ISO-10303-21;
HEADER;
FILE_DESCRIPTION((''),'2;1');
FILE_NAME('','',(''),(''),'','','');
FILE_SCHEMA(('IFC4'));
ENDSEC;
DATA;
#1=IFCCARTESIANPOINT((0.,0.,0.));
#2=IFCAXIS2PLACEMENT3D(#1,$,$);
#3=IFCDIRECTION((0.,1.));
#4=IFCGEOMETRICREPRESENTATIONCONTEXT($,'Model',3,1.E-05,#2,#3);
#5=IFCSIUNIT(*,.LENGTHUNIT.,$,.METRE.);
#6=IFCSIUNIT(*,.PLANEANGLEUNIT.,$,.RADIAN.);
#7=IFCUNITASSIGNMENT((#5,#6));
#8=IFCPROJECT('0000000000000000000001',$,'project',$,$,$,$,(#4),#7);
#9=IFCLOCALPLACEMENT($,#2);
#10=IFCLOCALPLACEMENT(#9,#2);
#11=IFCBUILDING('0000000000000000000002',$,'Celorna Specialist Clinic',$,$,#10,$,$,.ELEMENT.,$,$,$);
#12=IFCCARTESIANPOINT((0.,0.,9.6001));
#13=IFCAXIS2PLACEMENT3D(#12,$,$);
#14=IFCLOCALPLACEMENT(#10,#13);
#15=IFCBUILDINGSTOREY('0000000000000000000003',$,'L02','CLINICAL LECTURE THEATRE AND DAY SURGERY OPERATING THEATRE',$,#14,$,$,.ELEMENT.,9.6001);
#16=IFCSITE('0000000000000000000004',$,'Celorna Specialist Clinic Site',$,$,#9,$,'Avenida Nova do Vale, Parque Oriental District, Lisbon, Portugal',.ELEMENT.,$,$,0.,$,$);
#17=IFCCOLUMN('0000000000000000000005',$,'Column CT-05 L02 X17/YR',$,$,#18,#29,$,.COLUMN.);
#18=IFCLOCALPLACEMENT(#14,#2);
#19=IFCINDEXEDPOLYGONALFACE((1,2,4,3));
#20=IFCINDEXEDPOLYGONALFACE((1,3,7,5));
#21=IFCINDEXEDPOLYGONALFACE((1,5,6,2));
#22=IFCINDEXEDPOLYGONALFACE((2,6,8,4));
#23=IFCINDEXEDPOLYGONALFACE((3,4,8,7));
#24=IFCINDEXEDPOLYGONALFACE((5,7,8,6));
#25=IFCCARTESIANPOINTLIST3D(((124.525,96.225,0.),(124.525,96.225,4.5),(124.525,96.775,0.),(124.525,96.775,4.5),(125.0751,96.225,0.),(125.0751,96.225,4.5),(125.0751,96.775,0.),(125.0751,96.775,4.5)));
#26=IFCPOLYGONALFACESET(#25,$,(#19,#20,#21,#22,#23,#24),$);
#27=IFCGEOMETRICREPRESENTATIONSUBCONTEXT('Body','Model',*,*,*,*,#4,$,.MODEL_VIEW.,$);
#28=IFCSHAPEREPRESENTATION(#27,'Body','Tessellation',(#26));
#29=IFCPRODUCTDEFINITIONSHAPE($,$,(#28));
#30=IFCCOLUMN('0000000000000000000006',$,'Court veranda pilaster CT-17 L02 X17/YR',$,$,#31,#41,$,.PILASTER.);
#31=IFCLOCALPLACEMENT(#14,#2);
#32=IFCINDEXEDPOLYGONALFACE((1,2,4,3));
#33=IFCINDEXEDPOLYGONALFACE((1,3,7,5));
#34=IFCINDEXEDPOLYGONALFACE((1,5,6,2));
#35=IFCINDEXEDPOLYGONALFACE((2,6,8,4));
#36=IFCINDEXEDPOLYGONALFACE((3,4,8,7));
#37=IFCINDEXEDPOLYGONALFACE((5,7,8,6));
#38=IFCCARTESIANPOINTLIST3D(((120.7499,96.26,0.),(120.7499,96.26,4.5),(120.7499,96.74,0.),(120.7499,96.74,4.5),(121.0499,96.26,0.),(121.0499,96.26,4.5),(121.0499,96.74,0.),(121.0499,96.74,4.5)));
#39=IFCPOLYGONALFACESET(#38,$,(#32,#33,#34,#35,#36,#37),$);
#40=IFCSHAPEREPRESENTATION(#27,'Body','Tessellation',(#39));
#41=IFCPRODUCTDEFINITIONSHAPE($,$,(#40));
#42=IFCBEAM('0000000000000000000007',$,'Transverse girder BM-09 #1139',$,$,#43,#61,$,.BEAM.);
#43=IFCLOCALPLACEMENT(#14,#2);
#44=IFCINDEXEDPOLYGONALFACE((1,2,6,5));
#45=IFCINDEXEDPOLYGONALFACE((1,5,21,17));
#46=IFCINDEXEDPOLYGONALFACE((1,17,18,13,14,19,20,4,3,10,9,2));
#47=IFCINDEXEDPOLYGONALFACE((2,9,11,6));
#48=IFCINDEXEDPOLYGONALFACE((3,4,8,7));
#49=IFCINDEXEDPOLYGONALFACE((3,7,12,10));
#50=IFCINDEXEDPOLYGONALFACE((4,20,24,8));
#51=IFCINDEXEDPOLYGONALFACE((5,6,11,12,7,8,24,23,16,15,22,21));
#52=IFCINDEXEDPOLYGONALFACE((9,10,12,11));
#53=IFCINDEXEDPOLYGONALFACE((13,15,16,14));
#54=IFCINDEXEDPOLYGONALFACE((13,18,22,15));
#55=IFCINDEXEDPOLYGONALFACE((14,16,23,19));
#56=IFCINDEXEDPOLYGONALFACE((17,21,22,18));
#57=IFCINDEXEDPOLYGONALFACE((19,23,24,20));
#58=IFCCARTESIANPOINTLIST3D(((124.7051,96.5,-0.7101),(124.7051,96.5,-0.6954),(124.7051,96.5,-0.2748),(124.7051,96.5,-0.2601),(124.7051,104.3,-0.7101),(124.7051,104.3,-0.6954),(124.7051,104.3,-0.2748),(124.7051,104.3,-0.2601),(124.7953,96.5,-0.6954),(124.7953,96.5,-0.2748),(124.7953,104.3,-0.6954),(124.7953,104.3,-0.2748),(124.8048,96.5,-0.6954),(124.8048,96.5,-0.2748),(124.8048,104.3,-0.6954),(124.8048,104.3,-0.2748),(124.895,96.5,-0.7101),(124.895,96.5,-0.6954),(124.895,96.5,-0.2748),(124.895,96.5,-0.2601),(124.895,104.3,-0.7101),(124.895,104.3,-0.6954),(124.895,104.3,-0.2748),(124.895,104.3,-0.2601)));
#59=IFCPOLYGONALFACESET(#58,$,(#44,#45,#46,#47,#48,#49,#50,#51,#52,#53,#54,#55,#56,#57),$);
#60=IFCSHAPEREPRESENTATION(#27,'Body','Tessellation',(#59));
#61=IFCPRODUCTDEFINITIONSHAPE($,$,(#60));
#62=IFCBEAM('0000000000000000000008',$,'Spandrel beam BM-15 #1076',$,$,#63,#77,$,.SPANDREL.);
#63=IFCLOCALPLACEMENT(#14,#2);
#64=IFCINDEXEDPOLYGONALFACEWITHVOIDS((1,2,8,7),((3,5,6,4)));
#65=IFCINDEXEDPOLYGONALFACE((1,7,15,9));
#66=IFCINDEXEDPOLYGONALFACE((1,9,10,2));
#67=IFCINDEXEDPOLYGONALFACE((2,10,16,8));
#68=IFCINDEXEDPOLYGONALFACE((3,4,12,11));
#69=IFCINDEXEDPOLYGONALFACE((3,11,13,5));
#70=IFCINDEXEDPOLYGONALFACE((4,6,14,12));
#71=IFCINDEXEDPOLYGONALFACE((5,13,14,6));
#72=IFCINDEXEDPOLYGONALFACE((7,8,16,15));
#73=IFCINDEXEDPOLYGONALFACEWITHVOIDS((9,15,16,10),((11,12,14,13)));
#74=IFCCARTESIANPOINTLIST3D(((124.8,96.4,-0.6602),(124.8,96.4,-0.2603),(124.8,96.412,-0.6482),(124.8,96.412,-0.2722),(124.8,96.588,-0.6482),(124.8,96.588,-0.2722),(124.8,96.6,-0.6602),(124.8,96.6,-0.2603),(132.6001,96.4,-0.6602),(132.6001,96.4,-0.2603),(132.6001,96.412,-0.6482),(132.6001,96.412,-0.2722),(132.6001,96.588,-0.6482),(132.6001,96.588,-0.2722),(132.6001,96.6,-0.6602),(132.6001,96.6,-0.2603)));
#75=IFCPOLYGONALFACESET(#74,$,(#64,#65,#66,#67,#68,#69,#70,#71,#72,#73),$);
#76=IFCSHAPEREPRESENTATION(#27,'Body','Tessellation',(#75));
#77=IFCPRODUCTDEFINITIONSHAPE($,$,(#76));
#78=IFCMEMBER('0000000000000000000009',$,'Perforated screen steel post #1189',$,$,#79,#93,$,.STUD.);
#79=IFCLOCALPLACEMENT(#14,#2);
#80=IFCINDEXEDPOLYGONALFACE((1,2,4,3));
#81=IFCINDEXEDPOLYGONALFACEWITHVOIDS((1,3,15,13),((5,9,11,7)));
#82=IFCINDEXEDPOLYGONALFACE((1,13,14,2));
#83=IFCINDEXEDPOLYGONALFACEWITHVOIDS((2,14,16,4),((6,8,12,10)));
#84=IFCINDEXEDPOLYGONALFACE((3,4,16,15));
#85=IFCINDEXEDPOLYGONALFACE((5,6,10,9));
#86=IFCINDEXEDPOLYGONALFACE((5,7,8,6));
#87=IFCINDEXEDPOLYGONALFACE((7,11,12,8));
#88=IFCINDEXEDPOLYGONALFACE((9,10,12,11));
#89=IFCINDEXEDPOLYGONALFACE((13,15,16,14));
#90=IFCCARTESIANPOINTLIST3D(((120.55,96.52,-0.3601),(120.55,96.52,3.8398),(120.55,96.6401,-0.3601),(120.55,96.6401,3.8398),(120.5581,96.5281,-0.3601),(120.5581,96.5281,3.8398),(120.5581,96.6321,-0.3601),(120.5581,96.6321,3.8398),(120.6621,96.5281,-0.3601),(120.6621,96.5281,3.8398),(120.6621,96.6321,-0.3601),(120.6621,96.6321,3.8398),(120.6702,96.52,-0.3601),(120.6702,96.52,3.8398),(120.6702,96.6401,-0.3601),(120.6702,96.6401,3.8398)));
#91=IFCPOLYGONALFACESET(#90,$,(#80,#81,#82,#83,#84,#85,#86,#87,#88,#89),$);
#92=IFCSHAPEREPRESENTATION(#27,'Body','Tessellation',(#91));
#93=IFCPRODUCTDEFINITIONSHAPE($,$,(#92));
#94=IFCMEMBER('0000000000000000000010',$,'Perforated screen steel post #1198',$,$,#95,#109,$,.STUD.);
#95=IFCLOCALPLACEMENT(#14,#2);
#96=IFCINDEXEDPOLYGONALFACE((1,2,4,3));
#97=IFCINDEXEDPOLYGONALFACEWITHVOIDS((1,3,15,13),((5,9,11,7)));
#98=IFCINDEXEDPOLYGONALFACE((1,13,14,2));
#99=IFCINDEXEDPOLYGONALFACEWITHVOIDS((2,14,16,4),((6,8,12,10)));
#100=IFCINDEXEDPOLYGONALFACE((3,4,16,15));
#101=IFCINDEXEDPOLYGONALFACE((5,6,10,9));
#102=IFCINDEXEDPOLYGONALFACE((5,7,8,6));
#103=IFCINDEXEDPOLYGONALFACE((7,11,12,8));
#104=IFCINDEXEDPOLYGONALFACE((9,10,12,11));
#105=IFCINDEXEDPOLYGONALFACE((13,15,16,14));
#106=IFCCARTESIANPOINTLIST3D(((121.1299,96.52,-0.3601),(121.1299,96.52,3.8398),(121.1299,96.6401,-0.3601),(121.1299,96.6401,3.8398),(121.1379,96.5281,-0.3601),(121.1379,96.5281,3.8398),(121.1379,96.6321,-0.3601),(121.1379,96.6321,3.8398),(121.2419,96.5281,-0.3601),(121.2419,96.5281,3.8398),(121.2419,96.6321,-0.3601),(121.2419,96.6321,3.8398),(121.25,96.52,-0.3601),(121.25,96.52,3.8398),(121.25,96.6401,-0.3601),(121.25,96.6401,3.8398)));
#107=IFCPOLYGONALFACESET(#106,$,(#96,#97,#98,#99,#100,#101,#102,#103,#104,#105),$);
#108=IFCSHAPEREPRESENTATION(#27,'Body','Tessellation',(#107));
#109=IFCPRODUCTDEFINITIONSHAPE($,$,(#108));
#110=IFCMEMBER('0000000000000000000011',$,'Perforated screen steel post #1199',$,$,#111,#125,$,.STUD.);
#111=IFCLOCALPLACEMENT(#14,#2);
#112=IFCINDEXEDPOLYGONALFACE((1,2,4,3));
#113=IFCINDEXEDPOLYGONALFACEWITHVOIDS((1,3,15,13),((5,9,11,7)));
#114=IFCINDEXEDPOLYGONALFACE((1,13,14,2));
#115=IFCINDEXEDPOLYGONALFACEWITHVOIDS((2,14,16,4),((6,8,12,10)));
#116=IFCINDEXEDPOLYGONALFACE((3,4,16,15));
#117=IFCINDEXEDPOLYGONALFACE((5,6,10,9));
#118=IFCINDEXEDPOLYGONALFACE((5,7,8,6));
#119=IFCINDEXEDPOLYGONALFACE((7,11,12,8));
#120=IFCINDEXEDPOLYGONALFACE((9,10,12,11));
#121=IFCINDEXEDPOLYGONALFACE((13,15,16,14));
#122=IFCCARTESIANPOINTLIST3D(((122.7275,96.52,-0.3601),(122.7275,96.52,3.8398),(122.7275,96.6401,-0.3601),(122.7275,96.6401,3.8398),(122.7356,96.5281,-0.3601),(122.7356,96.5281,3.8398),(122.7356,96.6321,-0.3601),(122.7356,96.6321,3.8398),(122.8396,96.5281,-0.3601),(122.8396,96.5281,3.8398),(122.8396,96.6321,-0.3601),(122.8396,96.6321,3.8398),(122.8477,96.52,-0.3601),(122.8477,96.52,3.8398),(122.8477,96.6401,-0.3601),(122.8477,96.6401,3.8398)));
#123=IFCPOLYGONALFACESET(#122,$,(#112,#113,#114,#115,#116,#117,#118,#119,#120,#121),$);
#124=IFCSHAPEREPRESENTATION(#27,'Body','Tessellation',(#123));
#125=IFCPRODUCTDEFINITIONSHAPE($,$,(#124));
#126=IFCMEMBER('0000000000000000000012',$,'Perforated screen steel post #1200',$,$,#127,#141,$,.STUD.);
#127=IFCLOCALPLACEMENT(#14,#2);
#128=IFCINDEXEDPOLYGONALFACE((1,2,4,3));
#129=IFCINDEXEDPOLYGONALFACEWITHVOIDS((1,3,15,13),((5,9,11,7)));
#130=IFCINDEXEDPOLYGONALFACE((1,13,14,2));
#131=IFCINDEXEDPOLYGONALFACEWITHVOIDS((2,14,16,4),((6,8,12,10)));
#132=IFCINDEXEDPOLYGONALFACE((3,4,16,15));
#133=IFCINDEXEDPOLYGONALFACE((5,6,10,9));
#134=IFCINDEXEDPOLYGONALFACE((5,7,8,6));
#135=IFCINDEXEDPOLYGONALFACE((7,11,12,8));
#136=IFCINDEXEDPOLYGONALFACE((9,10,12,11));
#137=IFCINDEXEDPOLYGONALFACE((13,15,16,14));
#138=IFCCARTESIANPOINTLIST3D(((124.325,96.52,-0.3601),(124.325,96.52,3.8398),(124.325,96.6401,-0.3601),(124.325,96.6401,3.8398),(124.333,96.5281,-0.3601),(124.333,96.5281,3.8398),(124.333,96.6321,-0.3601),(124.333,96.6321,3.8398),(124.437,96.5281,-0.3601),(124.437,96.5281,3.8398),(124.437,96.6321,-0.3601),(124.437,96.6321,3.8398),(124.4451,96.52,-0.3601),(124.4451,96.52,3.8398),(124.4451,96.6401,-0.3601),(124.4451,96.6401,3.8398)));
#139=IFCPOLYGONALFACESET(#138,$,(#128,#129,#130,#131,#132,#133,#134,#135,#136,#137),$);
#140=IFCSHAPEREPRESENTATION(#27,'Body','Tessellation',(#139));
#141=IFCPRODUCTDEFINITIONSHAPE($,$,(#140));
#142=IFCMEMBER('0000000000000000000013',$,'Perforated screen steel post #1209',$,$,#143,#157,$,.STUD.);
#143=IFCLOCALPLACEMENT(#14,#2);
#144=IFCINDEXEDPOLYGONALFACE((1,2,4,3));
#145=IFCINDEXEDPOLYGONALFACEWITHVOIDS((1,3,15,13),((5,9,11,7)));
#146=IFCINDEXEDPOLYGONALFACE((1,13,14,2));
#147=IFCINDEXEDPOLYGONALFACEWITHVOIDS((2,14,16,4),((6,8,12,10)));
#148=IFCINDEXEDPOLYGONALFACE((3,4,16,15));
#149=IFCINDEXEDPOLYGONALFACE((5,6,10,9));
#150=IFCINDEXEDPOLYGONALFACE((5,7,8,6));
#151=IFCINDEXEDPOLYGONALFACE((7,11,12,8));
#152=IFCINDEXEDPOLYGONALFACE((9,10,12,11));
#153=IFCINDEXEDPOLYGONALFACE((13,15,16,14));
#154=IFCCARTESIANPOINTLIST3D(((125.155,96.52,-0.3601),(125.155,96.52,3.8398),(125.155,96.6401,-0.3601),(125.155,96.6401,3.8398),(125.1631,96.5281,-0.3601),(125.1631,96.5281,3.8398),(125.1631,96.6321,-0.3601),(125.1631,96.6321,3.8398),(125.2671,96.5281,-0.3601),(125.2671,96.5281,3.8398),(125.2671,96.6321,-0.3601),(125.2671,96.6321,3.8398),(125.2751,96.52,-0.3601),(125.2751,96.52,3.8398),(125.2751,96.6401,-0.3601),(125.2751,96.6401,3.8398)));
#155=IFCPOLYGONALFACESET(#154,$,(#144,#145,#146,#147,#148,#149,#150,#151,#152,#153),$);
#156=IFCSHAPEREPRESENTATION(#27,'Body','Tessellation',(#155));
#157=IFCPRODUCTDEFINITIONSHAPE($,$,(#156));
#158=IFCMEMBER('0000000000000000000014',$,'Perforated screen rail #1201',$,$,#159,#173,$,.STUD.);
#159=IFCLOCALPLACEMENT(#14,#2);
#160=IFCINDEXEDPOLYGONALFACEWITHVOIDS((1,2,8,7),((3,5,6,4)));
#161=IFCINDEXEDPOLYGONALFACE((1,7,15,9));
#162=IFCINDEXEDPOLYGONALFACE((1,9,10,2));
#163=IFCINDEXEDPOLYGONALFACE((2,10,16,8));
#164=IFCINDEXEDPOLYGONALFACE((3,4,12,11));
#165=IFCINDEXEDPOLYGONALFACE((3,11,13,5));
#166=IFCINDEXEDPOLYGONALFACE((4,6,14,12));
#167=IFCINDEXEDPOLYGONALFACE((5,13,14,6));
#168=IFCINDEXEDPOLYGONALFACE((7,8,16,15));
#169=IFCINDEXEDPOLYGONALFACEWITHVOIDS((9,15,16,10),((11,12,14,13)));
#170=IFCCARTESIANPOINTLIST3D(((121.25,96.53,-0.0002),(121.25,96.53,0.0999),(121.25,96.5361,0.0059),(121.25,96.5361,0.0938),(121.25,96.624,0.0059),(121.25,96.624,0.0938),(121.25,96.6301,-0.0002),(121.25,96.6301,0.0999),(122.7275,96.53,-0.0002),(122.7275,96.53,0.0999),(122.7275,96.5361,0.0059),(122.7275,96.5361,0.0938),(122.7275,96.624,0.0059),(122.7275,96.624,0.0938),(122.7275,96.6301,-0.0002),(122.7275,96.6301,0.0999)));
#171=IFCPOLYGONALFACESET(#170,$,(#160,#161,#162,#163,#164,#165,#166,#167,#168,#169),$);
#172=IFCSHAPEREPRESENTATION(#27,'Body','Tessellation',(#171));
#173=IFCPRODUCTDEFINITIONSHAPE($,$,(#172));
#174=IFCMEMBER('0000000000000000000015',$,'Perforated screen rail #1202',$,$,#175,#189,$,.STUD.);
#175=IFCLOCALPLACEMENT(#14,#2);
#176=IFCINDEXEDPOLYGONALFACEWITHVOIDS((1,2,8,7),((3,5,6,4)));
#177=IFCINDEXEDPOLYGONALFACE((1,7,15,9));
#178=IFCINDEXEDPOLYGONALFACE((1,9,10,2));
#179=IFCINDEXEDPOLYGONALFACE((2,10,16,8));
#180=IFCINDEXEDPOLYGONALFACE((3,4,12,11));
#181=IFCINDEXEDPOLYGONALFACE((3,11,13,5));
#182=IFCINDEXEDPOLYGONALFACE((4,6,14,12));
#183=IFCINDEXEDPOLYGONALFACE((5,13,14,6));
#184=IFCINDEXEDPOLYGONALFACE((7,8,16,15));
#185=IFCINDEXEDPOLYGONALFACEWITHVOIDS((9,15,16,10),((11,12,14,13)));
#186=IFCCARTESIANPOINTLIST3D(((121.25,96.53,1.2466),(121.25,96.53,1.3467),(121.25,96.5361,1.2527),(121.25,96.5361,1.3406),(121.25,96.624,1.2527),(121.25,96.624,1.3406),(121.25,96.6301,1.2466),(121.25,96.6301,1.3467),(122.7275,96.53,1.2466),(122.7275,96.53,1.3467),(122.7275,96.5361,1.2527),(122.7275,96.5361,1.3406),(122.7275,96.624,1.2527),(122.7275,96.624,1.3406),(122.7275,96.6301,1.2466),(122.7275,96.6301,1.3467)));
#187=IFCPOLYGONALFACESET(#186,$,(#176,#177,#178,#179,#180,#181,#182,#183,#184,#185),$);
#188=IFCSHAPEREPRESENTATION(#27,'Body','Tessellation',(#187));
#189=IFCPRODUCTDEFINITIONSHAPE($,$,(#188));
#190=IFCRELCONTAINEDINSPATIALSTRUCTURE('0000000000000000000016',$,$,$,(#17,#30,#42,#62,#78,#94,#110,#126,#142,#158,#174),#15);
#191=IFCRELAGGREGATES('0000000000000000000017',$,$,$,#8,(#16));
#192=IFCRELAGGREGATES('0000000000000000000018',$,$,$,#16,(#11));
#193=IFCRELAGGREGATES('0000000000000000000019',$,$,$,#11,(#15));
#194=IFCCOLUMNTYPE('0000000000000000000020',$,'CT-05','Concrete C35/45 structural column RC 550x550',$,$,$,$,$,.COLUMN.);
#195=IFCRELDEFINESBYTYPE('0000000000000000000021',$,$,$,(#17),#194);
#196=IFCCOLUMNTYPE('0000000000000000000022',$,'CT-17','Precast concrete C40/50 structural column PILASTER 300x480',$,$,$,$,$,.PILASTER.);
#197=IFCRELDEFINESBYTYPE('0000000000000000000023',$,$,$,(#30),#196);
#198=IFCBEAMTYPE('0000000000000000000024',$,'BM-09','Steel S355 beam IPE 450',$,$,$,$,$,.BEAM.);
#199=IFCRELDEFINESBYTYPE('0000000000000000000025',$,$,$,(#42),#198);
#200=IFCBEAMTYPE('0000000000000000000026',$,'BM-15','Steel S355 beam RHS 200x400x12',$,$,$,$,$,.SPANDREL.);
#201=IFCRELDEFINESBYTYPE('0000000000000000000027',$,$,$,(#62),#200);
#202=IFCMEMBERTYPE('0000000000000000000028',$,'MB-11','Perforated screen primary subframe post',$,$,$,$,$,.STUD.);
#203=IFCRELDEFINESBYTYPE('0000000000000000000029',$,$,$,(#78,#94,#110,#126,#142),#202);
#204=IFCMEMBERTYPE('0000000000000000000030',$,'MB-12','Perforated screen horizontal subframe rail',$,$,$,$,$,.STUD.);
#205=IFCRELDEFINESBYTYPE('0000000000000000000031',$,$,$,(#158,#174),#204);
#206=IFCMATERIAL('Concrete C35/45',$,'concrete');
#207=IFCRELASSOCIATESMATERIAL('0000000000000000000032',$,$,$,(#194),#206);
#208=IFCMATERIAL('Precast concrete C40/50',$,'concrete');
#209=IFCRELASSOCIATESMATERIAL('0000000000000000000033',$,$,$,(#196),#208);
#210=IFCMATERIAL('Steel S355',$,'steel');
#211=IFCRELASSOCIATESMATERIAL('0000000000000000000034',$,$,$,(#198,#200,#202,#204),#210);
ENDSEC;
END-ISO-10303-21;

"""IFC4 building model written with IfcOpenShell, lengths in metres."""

from ifc_helpers import new_model, si_unit, direction, frame, origin, origin_2d, place, context, subcontext, project, spatial, rectangle, hollow_rectangle, i_section, extrude, material, material_profile, profile_set, type_object, element, save


model = new_model("IFC4")

# Units and contexts
model_context = context("Model", 3, precision=1e-05, world=origin(), true_north=direction((0.0, 1.0)))
body_context = subcontext(model_context, "Body", "Model", "MODEL_VIEW")
ifc_project = project(units=[si_unit("LENGTHUNIT", "METRE"), si_unit("PLANEANGLEUNIT", "RADIAN")], contexts=[model_context])

# Site, building, storey
site_placement = place(None, origin())
site = spatial("IfcSite", under=ifc_project, at=site_placement, Name="Celorna Specialist Clinic Site", LongName="Avenida Nova do Vale, Parque Oriental District, Lisbon, Portugal", CompositionType="ELEMENT", RefElevation=0.0)
building_placement = place(site_placement, origin())
building = spatial("IfcBuilding", under=site, at=building_placement, Name="Celorna Specialist Clinic", CompositionType="ELEMENT")
storey_placement = place(building_placement, frame((0.0, 0.0, 9.6001)))
storey = spatial("IfcBuildingStorey", under=building, at=storey_placement, Name="L02", Description="CLINICAL LECTURE THEATRE AND DAY SURGERY OPERATING THEATRE", CompositionType="ELEMENT", Elevation=9.6001)

# Columns
ifc_material_1 = material(Name="Concrete C35/45", Category="concrete")
ifc_material_profile_1 = material_profile(ifc_material_1, rectangle(XDim=0.55, YDim=0.55, at=origin_2d()), Name="RC 550x550")
ifc_profile_set_1 = profile_set([ifc_material_profile_1], Name="Concrete C35/45")
column_type_1 = type_object("IfcColumnType", Name="CT-05", Description="Concrete C35/45 structural column RC 550x550", PredefinedType="COLUMN", material=ifc_profile_set_1)
column_1_placement = place(storey_placement, frame((124.8, 96.5, 0.0), z_axis=(0.0, 0.0, 1.0), x_axis=(1.0, 0.0, 0.0)))
element("IfcColumn", 1, at=column_1_placement, inside=storey, type_object=column_type_1, Name="Column CT-05 L02 X17/YR", PredefinedType="COLUMN", context=body_context, shape_type="SweptSolid", body=[
    extrude(rectangle(XDim=0.55, YDim=0.55, at=origin_2d()), origin(), (0.0, 0.0, 1.0), 4.5),
])
ifc_material_2 = material(Name="Precast concrete C40/50", Category="concrete")
ifc_material_profile_2 = material_profile(ifc_material_2, rectangle(XDim=0.3, YDim=0.48, at=origin_2d()), Name="PILASTER 300x480")
ifc_profile_set_2 = profile_set([ifc_material_profile_2], Name="Precast concrete C40/50")
column_type_2 = type_object("IfcColumnType", Name="CT-17", Description="Precast concrete C40/50 structural column PILASTER 300x480", PredefinedType="PILASTER", material=ifc_profile_set_2)
column_2_placement = place(storey_placement, frame((120.8999, 96.5, 0.0), z_axis=(0.0, 0.0, 1.0), x_axis=(1.0, 0.0, 0.0)))
element("IfcColumn", 2, at=column_2_placement, inside=storey, type_object=column_type_2, Name="Court veranda pilaster CT-17 L02 X17/YR", PredefinedType="PILASTER", context=body_context, shape_type="SweptSolid", body=[
    extrude(rectangle(XDim=0.3, YDim=0.48, at=origin_2d()), origin(), (0.0, 0.0, 1.0), 4.5),
])

# Beams
ifc_material_3 = material(Name="Steel S355", Category="steel")
ifc_material_profile_3 = material_profile(ifc_material_3, i_section(OverallWidth=0.1899, OverallDepth=0.45, WebThickness=0.0095, FlangeThickness=0.0146, at=origin_2d()), Name="IPE 450")
ifc_profile_set_3 = profile_set([ifc_material_profile_3], Name="Steel S355")
beam_type_1 = type_object("IfcBeamType", Name="BM-09", Description="Steel S355 beam IPE 450", PredefinedType="BEAM", material=ifc_profile_set_3)
beam_1_placement = place(storey_placement, frame((124.8, 96.5, -0.4851), z_axis=(0.0, 1.0, 0.0), x_axis=(-1.0, 0.0, 0.0)))
element("IfcBeam", 3, at=beam_1_placement, inside=storey, type_object=beam_type_1, Name="Transverse girder BM-09 #1139", PredefinedType="BEAM", context=body_context, shape_type="SweptSolid", body=[
    extrude(i_section(OverallWidth=0.1899, OverallDepth=0.45, WebThickness=0.0095, FlangeThickness=0.0146, at=origin_2d()), origin(), (0.0, 0.0, 1.0), 7.8),
])
ifc_material_profile_4 = material_profile(ifc_material_3, hollow_rectangle(XDim=0.2, YDim=0.3999, WallThickness=0.012, at=origin_2d()), Name="RHS 200x400x12")
ifc_profile_set_4 = profile_set([ifc_material_profile_4], Name="Steel S355")
beam_type_2 = type_object("IfcBeamType", Name="BM-15", Description="Steel S355 beam RHS 200x400x12", PredefinedType="SPANDREL", material=ifc_profile_set_4)
beam_2_placement = place(storey_placement, frame((124.8, 96.5, -0.4602), z_axis=(1.0, 0.0, 0.0), x_axis=(0.0, 1.0, 0.0)))
element("IfcBeam", 4, at=beam_2_placement, inside=storey, type_object=beam_type_2, Name="Spandrel beam BM-15 #1076", PredefinedType="SPANDREL", context=body_context, shape_type="SweptSolid", body=[
    extrude(hollow_rectangle(XDim=0.2, YDim=0.3999, WallThickness=0.012, at=origin_2d()), origin(), (0.0, 0.0, 1.0), 7.8),
])

# Members
ifc_material_profile_5 = material_profile(ifc_material_3, hollow_rectangle(XDim=0.1201, YDim=0.1201, WallThickness=0.0081, at=origin_2d()), Name="SHS 120x120x8")
ifc_profile_set_5 = profile_set([ifc_material_profile_5], Name="Steel S355")
member_type_1 = type_object("IfcMemberType", Name="MB-11", Description="Perforated screen primary subframe post", PredefinedType="STUD", material=ifc_profile_set_5)
for number, where, z_axis, x_axis, name in (
    (5, (120.6101, 96.5801, -0.3601), (0.0, 0.0, 1.0), (1.0, 0.0, 0.0), "Perforated screen steel post #1189"),
    (6, (121.1899, 96.5801, -0.3601), (0.0, 0.0, 1.0), (1.0, 0.0, 0.0), "Perforated screen steel post #1198"),
    (7, (122.7876, 96.5801, -0.3601), (0.0, 0.0, 1.0), (1.0, 0.0, 0.0), "Perforated screen steel post #1199"),
    (8, (124.385, 96.5801, -0.3601), (0.0, 0.0, 1.0), (1.0, 0.0, 0.0), "Perforated screen steel post #1200"),
    (9, (125.2151, 96.5801, -0.3601), (0.0, 0.0, 1.0), (1.0, 0.0, 0.0), "Perforated screen steel post #1209"),
):
    element("IfcMember", number, at=place(storey_placement, frame(where, z_axis=z_axis, x_axis=x_axis)), inside=storey, type_object=member_type_1, Name=name, PredefinedType="STUD", context=body_context, shape_type="SweptSolid", body=[
        extrude(hollow_rectangle(XDim=0.1201, YDim=0.1201, WallThickness=0.0081, at=origin_2d()), origin(), (0.0, 0.0, 1.0), 4.2),
    ])
ifc_material_profile_6 = material_profile(ifc_material_3, hollow_rectangle(XDim=0.1001, YDim=0.1001, WallThickness=0.0061, at=origin_2d()), Name="SHS 100x100x6")
ifc_profile_set_6 = profile_set([ifc_material_profile_6], Name="Steel S355")
member_type_2 = type_object("IfcMemberType", Name="MB-12", Description="Perforated screen horizontal subframe rail", PredefinedType="STUD", material=ifc_profile_set_6)
for number, where, z_axis, x_axis, name in (
    (10, (121.25, 96.5801, 0.0498), (1.0, 0.0, 0.0), (0.0, 1.0, 0.0), "Perforated screen rail #1201"),
    (11, (121.25, 96.5801, 1.2966), (1.0, 0.0, 0.0), (0.0, 1.0, 0.0), "Perforated screen rail #1202"),
):
    element("IfcMember", number, at=place(storey_placement, frame(where, z_axis=z_axis, x_axis=x_axis)), inside=storey, type_object=member_type_2, Name=name, PredefinedType="STUD", context=body_context, shape_type="SweptSolid", body=[
        extrude(hollow_rectangle(XDim=0.1001, YDim=0.1001, WallThickness=0.0061, at=origin_2d()), origin(), (0.0, 0.0, 1.0), 1.4775),
    ])

save(model, "model.ifc")
